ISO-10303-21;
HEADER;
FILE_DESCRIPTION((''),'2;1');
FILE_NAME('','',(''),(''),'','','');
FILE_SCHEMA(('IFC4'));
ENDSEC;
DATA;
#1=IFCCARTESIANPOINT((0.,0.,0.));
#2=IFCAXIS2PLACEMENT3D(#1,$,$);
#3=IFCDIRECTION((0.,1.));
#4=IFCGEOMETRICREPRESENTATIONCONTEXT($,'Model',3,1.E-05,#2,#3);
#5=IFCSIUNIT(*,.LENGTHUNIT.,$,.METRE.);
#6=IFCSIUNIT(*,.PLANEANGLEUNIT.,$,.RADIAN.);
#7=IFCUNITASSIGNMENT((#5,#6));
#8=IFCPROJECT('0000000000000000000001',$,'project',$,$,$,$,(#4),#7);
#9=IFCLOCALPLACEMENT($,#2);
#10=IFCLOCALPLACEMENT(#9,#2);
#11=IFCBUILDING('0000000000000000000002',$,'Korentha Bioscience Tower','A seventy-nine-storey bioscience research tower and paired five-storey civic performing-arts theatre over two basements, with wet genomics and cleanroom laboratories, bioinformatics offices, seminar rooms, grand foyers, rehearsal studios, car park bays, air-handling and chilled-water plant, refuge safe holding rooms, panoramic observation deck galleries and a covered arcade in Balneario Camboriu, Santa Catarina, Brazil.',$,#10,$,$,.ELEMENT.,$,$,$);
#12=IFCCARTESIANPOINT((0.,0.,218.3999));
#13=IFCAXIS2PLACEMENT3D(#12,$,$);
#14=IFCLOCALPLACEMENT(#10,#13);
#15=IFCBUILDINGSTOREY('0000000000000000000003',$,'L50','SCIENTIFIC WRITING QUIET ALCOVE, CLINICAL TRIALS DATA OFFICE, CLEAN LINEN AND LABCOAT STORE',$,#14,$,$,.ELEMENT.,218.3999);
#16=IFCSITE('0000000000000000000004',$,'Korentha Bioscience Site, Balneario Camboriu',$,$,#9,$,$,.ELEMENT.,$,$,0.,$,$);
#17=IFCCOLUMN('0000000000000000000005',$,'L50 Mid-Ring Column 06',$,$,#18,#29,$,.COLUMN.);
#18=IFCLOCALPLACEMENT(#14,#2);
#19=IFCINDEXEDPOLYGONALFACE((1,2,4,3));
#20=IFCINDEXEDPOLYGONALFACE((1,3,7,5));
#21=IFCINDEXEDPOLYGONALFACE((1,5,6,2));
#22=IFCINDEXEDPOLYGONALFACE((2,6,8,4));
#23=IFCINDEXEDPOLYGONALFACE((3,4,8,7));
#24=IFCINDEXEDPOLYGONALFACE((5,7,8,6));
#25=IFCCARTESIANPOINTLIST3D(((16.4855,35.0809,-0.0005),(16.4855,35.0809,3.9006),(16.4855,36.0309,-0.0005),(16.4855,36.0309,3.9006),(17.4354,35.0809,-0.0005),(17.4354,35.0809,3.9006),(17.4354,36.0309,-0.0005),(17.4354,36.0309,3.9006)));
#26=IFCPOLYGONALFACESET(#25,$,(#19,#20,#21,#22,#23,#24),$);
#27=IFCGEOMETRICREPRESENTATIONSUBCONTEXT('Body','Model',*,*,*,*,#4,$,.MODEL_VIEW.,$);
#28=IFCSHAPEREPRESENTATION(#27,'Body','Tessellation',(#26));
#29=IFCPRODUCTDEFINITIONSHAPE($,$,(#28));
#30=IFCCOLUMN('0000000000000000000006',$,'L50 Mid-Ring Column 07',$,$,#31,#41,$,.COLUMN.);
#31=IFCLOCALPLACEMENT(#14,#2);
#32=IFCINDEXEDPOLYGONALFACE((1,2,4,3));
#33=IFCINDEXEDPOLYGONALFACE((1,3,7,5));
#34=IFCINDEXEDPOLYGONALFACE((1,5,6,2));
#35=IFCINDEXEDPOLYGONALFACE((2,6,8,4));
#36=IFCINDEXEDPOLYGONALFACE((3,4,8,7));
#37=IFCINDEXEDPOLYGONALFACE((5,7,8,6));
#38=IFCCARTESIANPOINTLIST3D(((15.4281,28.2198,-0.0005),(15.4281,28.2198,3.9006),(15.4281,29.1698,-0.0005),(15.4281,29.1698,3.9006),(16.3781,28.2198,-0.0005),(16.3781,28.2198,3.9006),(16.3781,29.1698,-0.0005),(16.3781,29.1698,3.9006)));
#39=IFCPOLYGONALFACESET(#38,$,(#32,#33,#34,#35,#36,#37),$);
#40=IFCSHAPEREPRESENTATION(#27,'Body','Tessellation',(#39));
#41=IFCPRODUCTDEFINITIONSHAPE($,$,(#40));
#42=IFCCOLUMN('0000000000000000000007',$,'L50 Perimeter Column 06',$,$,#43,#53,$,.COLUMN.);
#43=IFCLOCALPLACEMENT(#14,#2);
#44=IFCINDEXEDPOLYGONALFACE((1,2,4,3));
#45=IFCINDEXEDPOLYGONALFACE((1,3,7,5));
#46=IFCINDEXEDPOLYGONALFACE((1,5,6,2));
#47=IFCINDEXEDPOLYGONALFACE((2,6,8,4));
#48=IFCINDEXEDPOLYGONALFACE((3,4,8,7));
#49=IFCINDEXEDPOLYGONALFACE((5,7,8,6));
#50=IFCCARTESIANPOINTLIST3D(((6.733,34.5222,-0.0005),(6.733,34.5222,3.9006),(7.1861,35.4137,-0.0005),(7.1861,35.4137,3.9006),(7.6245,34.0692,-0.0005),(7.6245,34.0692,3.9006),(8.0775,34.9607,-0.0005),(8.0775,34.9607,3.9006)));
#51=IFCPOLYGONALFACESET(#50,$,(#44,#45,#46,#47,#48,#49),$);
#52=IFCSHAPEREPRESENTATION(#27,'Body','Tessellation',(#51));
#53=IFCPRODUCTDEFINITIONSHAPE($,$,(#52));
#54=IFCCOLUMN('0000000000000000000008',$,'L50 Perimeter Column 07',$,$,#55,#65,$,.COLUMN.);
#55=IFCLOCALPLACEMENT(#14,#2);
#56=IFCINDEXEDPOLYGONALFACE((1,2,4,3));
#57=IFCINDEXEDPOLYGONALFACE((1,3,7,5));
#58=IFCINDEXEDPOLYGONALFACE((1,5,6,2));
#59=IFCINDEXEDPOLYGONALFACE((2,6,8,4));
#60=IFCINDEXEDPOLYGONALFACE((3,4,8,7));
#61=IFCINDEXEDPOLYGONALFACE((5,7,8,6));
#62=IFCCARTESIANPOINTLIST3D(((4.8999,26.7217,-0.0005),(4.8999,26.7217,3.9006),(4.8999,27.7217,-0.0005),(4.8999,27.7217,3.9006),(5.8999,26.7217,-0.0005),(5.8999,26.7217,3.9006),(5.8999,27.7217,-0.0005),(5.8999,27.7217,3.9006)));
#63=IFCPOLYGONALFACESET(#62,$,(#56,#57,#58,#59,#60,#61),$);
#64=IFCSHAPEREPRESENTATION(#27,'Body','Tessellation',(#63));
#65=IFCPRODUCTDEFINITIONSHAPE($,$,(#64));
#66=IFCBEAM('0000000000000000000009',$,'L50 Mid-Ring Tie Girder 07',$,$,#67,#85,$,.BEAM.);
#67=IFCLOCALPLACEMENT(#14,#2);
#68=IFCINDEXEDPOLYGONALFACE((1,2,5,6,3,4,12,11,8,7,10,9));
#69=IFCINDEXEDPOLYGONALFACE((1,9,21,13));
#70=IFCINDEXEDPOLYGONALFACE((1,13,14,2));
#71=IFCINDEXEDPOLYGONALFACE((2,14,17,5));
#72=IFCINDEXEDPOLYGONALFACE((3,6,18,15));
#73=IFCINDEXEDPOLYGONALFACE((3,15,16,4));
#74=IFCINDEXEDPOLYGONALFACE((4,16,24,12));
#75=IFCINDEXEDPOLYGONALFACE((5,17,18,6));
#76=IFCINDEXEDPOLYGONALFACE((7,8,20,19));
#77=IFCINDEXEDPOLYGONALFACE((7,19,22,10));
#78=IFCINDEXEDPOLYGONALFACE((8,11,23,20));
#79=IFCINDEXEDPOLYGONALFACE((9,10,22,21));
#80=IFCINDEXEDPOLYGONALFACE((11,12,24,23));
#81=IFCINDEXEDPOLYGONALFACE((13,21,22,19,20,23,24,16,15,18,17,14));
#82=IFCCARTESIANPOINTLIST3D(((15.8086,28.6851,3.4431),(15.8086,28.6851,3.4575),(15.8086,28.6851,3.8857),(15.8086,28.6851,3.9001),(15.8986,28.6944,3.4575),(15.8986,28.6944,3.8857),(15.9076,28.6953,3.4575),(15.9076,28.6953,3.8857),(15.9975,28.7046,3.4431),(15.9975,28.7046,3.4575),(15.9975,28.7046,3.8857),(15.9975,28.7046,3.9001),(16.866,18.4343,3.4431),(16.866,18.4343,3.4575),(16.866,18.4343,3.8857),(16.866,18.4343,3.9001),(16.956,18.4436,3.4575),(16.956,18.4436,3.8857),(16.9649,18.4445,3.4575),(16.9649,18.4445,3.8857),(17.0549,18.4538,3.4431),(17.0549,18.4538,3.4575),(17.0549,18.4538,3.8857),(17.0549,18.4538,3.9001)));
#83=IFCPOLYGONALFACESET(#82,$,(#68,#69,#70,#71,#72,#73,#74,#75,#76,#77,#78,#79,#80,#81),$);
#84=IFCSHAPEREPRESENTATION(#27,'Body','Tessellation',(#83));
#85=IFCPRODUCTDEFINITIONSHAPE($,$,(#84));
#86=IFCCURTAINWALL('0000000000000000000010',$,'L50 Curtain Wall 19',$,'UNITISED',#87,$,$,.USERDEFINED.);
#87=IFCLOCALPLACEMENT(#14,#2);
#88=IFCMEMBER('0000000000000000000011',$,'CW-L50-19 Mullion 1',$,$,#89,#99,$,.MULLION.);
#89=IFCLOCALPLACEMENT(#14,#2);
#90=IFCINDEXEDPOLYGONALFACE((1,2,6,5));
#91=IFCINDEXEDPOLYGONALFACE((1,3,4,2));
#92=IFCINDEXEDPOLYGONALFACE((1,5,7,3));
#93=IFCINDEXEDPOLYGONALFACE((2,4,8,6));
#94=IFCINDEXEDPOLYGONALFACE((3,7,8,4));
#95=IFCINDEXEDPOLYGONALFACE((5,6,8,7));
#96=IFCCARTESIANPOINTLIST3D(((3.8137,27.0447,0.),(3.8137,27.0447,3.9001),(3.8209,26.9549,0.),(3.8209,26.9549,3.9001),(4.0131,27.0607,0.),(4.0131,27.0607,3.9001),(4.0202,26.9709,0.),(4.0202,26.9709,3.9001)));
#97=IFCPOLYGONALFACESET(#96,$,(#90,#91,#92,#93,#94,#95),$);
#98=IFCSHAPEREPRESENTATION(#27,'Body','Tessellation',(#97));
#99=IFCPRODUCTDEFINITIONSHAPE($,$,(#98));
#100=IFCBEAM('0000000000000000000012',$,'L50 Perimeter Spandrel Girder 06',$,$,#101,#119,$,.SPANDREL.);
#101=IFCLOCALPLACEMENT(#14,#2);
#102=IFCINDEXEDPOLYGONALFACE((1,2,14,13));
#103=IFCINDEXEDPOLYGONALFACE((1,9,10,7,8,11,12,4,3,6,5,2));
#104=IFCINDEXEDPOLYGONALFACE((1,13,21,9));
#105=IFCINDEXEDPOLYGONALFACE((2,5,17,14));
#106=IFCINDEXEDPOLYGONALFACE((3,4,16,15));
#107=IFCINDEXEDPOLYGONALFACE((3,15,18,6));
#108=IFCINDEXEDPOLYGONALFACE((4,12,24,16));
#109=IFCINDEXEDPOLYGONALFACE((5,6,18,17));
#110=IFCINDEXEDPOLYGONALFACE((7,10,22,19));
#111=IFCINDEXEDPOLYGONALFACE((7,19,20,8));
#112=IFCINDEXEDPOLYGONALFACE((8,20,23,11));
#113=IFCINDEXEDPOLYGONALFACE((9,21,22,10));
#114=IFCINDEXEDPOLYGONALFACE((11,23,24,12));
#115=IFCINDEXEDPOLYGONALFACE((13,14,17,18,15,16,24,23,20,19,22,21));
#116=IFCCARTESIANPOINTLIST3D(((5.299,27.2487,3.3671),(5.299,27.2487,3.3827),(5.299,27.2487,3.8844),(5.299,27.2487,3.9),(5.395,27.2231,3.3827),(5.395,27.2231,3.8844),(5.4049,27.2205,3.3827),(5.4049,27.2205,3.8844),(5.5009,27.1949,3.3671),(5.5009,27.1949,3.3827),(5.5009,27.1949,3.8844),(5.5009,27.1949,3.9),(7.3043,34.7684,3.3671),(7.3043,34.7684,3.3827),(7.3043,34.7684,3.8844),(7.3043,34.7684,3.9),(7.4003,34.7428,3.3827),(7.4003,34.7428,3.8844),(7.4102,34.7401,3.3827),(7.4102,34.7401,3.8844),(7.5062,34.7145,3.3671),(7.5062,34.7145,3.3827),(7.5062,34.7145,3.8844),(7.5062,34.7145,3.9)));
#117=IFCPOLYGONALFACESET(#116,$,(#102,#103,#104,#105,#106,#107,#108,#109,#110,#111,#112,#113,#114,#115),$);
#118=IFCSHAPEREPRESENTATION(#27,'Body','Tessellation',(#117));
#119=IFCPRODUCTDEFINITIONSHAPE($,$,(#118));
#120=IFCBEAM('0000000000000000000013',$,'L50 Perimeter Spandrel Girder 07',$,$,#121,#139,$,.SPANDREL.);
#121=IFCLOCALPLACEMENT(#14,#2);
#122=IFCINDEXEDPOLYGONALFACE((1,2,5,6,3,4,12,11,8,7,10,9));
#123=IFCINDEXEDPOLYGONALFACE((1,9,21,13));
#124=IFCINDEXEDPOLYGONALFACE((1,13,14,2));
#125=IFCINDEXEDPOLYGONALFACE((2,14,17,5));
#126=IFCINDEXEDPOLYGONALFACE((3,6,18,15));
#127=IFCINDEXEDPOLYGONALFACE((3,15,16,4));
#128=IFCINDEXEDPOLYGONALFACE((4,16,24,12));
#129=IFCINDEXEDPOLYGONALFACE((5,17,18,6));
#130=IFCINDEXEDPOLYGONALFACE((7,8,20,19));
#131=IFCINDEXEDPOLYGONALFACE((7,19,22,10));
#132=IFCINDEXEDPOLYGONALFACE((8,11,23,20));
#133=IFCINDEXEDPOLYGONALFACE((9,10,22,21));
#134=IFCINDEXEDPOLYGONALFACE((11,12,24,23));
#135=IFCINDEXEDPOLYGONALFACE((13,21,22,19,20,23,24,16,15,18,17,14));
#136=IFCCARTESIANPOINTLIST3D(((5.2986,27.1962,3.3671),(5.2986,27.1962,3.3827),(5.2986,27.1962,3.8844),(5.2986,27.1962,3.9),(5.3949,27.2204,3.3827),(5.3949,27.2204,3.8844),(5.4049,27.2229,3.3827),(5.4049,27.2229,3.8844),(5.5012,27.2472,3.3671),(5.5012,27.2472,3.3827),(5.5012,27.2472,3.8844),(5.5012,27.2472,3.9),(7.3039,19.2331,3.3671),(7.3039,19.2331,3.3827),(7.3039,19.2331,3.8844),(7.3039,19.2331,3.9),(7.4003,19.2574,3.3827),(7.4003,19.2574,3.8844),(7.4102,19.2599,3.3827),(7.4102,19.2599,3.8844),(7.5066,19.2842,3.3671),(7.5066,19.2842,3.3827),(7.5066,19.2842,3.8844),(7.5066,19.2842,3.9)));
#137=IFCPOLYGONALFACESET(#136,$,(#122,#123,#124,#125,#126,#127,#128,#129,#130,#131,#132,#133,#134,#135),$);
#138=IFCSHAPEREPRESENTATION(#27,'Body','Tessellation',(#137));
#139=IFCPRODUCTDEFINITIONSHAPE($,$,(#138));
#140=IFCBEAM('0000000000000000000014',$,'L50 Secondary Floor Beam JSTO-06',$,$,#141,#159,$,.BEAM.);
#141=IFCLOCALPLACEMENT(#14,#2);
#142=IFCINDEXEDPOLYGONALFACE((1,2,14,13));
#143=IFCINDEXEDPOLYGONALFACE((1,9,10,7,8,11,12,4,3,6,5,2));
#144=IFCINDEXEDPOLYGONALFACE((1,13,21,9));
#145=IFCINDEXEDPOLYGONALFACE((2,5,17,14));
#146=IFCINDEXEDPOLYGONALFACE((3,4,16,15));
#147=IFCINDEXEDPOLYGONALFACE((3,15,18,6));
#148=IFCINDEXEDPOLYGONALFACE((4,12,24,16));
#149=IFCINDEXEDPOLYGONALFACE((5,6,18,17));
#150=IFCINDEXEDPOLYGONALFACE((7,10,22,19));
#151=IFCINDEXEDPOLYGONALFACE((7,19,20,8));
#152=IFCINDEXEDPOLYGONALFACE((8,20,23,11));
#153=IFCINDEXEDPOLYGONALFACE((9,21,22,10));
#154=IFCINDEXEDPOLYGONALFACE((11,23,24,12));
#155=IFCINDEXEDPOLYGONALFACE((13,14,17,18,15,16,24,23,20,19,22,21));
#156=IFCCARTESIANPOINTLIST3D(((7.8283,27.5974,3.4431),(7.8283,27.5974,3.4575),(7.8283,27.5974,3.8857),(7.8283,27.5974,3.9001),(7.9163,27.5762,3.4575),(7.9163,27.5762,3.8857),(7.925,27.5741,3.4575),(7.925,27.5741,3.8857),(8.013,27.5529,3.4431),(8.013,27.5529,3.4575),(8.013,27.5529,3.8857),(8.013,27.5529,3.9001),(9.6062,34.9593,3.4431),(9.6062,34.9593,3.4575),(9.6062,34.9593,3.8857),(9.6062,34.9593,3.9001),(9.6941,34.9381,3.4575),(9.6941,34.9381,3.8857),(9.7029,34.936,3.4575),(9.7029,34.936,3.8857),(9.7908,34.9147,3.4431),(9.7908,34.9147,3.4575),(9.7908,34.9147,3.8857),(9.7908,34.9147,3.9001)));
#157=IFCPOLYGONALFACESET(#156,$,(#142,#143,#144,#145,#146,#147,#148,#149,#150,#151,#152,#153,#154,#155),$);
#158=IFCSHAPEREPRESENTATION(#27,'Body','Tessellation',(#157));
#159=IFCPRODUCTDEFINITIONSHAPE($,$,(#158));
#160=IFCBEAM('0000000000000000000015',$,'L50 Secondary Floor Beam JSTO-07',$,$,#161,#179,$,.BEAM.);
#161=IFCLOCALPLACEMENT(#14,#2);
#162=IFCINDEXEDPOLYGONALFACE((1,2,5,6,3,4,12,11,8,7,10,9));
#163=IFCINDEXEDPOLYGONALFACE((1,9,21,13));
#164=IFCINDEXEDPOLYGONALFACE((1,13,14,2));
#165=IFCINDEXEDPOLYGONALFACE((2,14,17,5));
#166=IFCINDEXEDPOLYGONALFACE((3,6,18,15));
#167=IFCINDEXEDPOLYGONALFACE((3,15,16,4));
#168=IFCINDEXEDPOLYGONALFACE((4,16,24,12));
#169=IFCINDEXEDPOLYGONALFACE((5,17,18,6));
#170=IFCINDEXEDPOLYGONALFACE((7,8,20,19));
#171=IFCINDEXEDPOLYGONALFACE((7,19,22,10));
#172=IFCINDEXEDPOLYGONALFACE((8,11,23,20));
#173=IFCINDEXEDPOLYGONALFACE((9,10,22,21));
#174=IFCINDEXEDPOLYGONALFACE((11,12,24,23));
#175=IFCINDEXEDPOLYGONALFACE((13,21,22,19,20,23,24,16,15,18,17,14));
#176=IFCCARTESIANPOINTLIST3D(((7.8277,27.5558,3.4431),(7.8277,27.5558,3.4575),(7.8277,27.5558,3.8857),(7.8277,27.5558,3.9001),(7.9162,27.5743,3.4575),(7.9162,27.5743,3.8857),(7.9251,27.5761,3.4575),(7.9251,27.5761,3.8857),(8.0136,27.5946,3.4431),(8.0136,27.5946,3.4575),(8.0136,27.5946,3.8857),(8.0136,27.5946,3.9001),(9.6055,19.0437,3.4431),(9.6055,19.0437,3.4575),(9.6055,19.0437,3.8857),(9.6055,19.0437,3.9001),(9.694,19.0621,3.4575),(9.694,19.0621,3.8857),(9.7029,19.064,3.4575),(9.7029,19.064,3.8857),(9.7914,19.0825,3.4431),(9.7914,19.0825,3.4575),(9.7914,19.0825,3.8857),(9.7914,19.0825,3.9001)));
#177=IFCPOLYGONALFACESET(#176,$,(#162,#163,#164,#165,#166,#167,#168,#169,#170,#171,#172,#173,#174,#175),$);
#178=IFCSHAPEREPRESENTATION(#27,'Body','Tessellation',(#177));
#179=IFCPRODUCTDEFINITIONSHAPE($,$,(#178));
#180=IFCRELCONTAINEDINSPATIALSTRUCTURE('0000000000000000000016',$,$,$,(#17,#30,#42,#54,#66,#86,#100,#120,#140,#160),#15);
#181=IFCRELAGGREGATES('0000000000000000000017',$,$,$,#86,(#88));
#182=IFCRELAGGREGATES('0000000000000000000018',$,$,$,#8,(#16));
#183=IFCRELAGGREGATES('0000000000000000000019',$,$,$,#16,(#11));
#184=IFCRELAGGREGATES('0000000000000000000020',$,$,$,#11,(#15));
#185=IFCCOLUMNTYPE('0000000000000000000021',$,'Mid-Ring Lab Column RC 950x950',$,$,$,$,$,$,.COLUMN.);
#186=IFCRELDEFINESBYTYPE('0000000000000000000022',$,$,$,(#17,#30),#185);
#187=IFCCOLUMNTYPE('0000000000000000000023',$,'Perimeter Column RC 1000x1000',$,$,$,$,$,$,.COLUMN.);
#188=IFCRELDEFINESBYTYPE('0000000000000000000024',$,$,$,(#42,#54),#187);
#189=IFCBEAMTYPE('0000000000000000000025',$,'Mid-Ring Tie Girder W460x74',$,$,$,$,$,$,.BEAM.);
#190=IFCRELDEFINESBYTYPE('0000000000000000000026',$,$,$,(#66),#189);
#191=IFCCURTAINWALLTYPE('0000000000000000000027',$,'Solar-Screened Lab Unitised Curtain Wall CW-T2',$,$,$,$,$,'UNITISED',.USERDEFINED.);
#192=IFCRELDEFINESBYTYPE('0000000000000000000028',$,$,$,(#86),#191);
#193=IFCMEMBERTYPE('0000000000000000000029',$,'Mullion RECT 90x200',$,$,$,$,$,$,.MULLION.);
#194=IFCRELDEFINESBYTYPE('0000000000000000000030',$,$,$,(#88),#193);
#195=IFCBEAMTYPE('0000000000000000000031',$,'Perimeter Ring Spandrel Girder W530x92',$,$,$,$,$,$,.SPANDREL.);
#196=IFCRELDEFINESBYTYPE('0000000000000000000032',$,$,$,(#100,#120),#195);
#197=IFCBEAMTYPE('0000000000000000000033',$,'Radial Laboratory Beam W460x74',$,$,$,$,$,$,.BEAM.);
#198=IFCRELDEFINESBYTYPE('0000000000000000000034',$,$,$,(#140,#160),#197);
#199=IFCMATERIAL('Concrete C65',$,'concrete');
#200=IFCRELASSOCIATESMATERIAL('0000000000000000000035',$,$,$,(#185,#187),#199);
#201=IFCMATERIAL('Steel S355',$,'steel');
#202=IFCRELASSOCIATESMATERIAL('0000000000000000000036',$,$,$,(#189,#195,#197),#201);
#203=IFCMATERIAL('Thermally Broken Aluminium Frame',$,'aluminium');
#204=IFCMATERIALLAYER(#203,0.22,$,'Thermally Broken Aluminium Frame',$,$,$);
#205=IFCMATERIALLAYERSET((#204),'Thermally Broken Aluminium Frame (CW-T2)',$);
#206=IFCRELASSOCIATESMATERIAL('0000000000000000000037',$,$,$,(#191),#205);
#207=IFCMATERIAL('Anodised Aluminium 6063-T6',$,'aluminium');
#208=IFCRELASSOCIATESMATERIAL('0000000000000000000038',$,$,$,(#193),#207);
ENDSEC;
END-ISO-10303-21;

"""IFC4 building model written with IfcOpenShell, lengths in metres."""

from ifc_helpers import new_model, si_unit, direction, frame, origin, origin_2d, place, context, subcontext, project, spatial, rectangle, i_section, extrude, material, layer, layer_set, material_profile, profile_set, type_object, element, aggregate, save


model = new_model("IFC4")

# Units and contexts
model_context = context("Model", 3, precision=1e-05, world=origin(), true_north=direction((0.0, 1.0)))
body_context = subcontext(model_context, "Body", "Model", "MODEL_VIEW")
ifc_project = project(units=[si_unit("LENGTHUNIT", "METRE"), si_unit("PLANEANGLEUNIT", "RADIAN")], contexts=[model_context])

# Site, building, storey
site_placement = place(None, origin())
site = spatial("IfcSite", under=ifc_project, at=site_placement, Name="Korentha Bioscience Site, Balneario Camboriu", CompositionType="ELEMENT", RefElevation=0.0)
building_placement = place(site_placement, origin())
building = spatial("IfcBuilding", under=site, at=building_placement, Name="Korentha Bioscience Tower", Description="A seventy-nine-storey bioscience research tower and paired five-storey civic performing-arts theatre over two basements, with wet genomics and cleanroom laboratories, bioinformatics offices, seminar rooms, grand foyers, rehearsal studios, car park bays, air-handling and chilled-water plant, refuge safe holding rooms, panoramic observation deck galleries and a covered arcade in Balneario Camboriu, Santa Catarina, Brazil.", CompositionType="ELEMENT")
storey_placement = place(building_placement, frame((0.0, 0.0, 218.3999)))
storey = spatial("IfcBuildingStorey", under=building, at=storey_placement, Name="L50", Description="SCIENTIFIC WRITING QUIET ALCOVE, CLINICAL TRIALS DATA OFFICE, CLEAN LINEN AND LABCOAT STORE", CompositionType="ELEMENT", Elevation=218.3999)

# Columns
ifc_material_1 = material(Name="Concrete C65", Category="concrete")
ifc_material_profile_1 = material_profile(ifc_material_1, rectangle(XDim=0.95, YDim=0.95, at=origin_2d()), Name="Concrete C65")
ifc_profile_set_1 = profile_set([ifc_material_profile_1], Name="Concrete C65 (COL-MR09)")
column_type_1 = type_object("IfcColumnType", Name="Mid-Ring Lab Column RC 950x950", PredefinedType="COLUMN", material=ifc_profile_set_1)
for number, where, z_axis, x_axis, name in (
    (1, (16.9604, 35.5559, -0.0005), (0.0, 0.0, 1.0), (1.0, 0.0, 0.0), "L50 Mid-Ring Column 06"),
    (2, (15.9031, 28.6948, -0.0005), (0.0, 0.0, 1.0), (1.0, 0.0, 0.0), "L50 Mid-Ring Column 07"),
):
    element("IfcColumn", number, at=place(storey_placement, frame(where, z_axis=z_axis, x_axis=x_axis)), inside=storey, type_object=column_type_1, Name=name, PredefinedType="COLUMN", context=body_context, shape_type="SweptSolid", body=[
        extrude(rectangle(XDim=0.95, YDim=0.95, at=origin_2d()), origin(), (0.0, 0.0, 1.0), 3.9011),
    ])
ifc_material_profile_2 = material_profile(ifc_material_1, rectangle(XDim=1.0, YDim=1.0, at=origin_2d()), Name="Concrete C65")
ifc_profile_set_2 = profile_set([ifc_material_profile_2], Name="Concrete C65 (COL-P10)")
column_type_2 = type_object("IfcColumnType", Name="Perimeter Column RC 1000x1000", PredefinedType="COLUMN", material=ifc_profile_set_2)
for number, where, z_axis, x_axis, name in (
    (3, (7.4053, 34.7415, -0.0005), (0.0, 0.0, 1.0), (0.453057, 0.891481, 0.0), "L50 Perimeter Column 06"),
    (4, (5.3999, 27.2217, -0.0005), (0.0, 0.0, 1.0), (0.0, 1.0, 0.0), "L50 Perimeter Column 07"),
):
    element("IfcColumn", number, at=place(storey_placement, frame(where, z_axis=z_axis, x_axis=x_axis)), inside=storey, type_object=column_type_2, Name=name, PredefinedType="COLUMN", context=body_context, shape_type="SweptSolid", body=[
        extrude(rectangle(XDim=1.0, YDim=1.0, at=origin_2d()), origin(), (0.0, 0.0, 1.0), 3.9011),
    ])

# Beam
ifc_material_2 = material(Name="Steel S355", Category="steel")
ifc_material_profile_3 = material_profile(ifc_material_2, i_section(OverallWidth=0.1899, OverallDepth=0.457, WebThickness=0.009, FlangeThickness=0.0144, at=origin_2d()), Name="Steel S355")
ifc_profile_set_3 = profile_set([ifc_material_profile_3], Name="Steel S355 (MB-460)")
beam_type_1 = type_object("IfcBeamType", Name="Mid-Ring Tie Girder W460x74", PredefinedType="BEAM", material=ifc_profile_set_3)
beam_1_placement = place(storey_placement, frame((15.9031, 28.6948, 3.6716), z_axis=(0.102607, -0.994722, 0.0), x_axis=(0.994722, 0.102607, 0.0)))
element("IfcBeam", 5, at=beam_1_placement, inside=storey, type_object=beam_type_1, Name="L50 Mid-Ring Tie Girder 07", PredefinedType="BEAM", context=body_context, shape_type="SweptSolid", body=[
    extrude(i_section(OverallWidth=0.1899, OverallDepth=0.457, WebThickness=0.009, FlangeThickness=0.0144, at=origin_2d()), origin(), (0.0, 0.0, 1.0), 10.3052),
])

# Curtain wall, member
ifc_material_3 = material(Name="Thermally Broken Aluminium Frame", Category="aluminium")
ifc_layer_1 = layer(ifc_material_3, 0.22, Name="Thermally Broken Aluminium Frame")
ifc_layer_set_1 = layer_set([ifc_layer_1], Name="Thermally Broken Aluminium Frame (CW-T2)")
curtain_wall_type = type_object("IfcCurtainWallType", Name="Solar-Screened Lab Unitised Curtain Wall CW-T2", ElementType="UNITISED", PredefinedType="USERDEFINED", material=ifc_layer_set_1)
curtain_wall_placement = place(storey_placement, origin())
curtain_wall = element("IfcCurtainWall", 6, at=curtain_wall_placement, inside=storey, type_object=curtain_wall_type, Name="L50 Curtain Wall 19", ObjectType="UNITISED", PredefinedType="USERDEFINED")
ifc_material_4 = material(Name="Anodised Aluminium 6063-T6", Category="aluminium")
ifc_material_profile_4 = material_profile(ifc_material_4, rectangle(XDim=0.0901, YDim=0.2, at=origin_2d()), Name="Anodised Aluminium 6063-T6")
ifc_profile_set_4 = profile_set([ifc_material_profile_4], Name="Anodised Aluminium 6063-T6 (CW-MUL)")
member_type = type_object("IfcMemberType", Name="Mullion RECT 90x200", PredefinedType="MULLION", material=ifc_profile_set_4)
member_placement = place(storey_placement, frame((3.917, 27.0078, 0.0), z_axis=(0.0, 0.0, 1.0), x_axis=(0.079748, -0.996815, 0.0)))
member = element("IfcMember", 7, at=member_placement, type_object=member_type, Name="CW-L50-19 Mullion 1", PredefinedType="MULLION", context=body_context, shape_type="SweptSolid", body=[
    extrude(rectangle(XDim=0.0901, YDim=0.2, at=origin_2d()), origin(), (0.0, 0.0, 1.0), 3.9001),
])
aggregate(curtain_wall, [member])

# Beams
ifc_material_profile_5 = material_profile(ifc_material_2, i_section(OverallWidth=0.209, OverallDepth=0.533, WebThickness=0.0103, FlangeThickness=0.0156, at=origin_2d()), Name="Steel S355")
ifc_profile_set_5 = profile_set([ifc_material_profile_5], Name="Steel S355 (SB-530)")
beam_type_2 = type_object("IfcBeamType", Name="Perimeter Ring Spandrel Girder W530x92", PredefinedType="SPANDREL", material=ifc_profile_set_5)
beam_2_placement = place(storey_placement, frame((7.4053, 34.7415, 3.6335), z_axis=(-0.257674, -0.966232, 0.0), x_axis=(0.966232, -0.257674, 0.0)))
element("IfcBeam", 8, at=beam_2_placement, inside=storey, type_object=beam_type_2, Name="L50 Perimeter Spandrel Girder 06", PredefinedType="SPANDREL", context=body_context, shape_type="SweptSolid", body=[
    extrude(i_section(OverallWidth=0.209, OverallDepth=0.533, WebThickness=0.0103, FlangeThickness=0.0156, at=origin_2d()), origin(), (0.0, 0.0, 1.0), 7.7825),
])
beam_3_placement = place(storey_placement, frame((5.3999, 27.2217, 3.6335), z_axis=(0.244207, -0.969723, 0.0), x_axis=(0.969723, 0.244207, 0.0)))
element("IfcBeam", 9, at=beam_3_placement, inside=storey, type_object=beam_type_2, Name="L50 Perimeter Spandrel Girder 07", PredefinedType="SPANDREL", context=body_context, shape_type="SweptSolid", body=[
    extrude(i_section(OverallWidth=0.209, OverallDepth=0.533, WebThickness=0.0103, FlangeThickness=0.0156, at=origin_2d()), origin(), (0.0, 0.0, 1.0), 8.2117),
])
ifc_material_profile_6 = material_profile(ifc_material_2, i_section(OverallWidth=0.1899, OverallDepth=0.457, WebThickness=0.009, FlangeThickness=0.0144, at=origin_2d()), Name="Steel S355")
ifc_profile_set_6 = profile_set([ifc_material_profile_6], Name="Steel S355 (RB-460)")
beam_type_3 = type_object("IfcBeamType", Name="Radial Laboratory Beam W460x74", PredefinedType="BEAM", material=ifc_profile_set_6)
beam_4_placement = place(storey_placement, frame((9.6985, 34.937, 3.6716), z_axis=(-0.234746, -0.972057, 0.0), x_axis=(0.972057, -0.234746, 0.0)))
element("IfcBeam", 10, at=beam_4_placement, inside=storey, type_object=beam_type_3, Name="L50 Secondary Floor Beam JSTO-06", PredefinedType="BEAM", context=body_context, shape_type="SweptSolid", body=[
    extrude(i_section(OverallWidth=0.1899, OverallDepth=0.457, WebThickness=0.009, FlangeThickness=0.0144, at=origin_2d()), origin(), (0.0, 0.0, 1.0), 7.5735),
])
beam_5_placement = place(storey_placement, frame((7.9207, 27.5752, 3.6716), z_axis=(0.204445, -0.978878, 0.0), x_axis=(0.978878, 0.204445, 0.0)))
element("IfcBeam", 11, at=beam_5_placement, inside=storey, type_object=beam_type_3, Name="L50 Secondary Floor Beam JSTO-07", PredefinedType="BEAM", context=body_context, shape_type="SweptSolid", body=[
    extrude(i_section(OverallWidth=0.1899, OverallDepth=0.457, WebThickness=0.009, FlangeThickness=0.0144, at=origin_2d()), origin(), (0.0, 0.0, 1.0), 8.6958),
])

save(model, "model.ifc")
